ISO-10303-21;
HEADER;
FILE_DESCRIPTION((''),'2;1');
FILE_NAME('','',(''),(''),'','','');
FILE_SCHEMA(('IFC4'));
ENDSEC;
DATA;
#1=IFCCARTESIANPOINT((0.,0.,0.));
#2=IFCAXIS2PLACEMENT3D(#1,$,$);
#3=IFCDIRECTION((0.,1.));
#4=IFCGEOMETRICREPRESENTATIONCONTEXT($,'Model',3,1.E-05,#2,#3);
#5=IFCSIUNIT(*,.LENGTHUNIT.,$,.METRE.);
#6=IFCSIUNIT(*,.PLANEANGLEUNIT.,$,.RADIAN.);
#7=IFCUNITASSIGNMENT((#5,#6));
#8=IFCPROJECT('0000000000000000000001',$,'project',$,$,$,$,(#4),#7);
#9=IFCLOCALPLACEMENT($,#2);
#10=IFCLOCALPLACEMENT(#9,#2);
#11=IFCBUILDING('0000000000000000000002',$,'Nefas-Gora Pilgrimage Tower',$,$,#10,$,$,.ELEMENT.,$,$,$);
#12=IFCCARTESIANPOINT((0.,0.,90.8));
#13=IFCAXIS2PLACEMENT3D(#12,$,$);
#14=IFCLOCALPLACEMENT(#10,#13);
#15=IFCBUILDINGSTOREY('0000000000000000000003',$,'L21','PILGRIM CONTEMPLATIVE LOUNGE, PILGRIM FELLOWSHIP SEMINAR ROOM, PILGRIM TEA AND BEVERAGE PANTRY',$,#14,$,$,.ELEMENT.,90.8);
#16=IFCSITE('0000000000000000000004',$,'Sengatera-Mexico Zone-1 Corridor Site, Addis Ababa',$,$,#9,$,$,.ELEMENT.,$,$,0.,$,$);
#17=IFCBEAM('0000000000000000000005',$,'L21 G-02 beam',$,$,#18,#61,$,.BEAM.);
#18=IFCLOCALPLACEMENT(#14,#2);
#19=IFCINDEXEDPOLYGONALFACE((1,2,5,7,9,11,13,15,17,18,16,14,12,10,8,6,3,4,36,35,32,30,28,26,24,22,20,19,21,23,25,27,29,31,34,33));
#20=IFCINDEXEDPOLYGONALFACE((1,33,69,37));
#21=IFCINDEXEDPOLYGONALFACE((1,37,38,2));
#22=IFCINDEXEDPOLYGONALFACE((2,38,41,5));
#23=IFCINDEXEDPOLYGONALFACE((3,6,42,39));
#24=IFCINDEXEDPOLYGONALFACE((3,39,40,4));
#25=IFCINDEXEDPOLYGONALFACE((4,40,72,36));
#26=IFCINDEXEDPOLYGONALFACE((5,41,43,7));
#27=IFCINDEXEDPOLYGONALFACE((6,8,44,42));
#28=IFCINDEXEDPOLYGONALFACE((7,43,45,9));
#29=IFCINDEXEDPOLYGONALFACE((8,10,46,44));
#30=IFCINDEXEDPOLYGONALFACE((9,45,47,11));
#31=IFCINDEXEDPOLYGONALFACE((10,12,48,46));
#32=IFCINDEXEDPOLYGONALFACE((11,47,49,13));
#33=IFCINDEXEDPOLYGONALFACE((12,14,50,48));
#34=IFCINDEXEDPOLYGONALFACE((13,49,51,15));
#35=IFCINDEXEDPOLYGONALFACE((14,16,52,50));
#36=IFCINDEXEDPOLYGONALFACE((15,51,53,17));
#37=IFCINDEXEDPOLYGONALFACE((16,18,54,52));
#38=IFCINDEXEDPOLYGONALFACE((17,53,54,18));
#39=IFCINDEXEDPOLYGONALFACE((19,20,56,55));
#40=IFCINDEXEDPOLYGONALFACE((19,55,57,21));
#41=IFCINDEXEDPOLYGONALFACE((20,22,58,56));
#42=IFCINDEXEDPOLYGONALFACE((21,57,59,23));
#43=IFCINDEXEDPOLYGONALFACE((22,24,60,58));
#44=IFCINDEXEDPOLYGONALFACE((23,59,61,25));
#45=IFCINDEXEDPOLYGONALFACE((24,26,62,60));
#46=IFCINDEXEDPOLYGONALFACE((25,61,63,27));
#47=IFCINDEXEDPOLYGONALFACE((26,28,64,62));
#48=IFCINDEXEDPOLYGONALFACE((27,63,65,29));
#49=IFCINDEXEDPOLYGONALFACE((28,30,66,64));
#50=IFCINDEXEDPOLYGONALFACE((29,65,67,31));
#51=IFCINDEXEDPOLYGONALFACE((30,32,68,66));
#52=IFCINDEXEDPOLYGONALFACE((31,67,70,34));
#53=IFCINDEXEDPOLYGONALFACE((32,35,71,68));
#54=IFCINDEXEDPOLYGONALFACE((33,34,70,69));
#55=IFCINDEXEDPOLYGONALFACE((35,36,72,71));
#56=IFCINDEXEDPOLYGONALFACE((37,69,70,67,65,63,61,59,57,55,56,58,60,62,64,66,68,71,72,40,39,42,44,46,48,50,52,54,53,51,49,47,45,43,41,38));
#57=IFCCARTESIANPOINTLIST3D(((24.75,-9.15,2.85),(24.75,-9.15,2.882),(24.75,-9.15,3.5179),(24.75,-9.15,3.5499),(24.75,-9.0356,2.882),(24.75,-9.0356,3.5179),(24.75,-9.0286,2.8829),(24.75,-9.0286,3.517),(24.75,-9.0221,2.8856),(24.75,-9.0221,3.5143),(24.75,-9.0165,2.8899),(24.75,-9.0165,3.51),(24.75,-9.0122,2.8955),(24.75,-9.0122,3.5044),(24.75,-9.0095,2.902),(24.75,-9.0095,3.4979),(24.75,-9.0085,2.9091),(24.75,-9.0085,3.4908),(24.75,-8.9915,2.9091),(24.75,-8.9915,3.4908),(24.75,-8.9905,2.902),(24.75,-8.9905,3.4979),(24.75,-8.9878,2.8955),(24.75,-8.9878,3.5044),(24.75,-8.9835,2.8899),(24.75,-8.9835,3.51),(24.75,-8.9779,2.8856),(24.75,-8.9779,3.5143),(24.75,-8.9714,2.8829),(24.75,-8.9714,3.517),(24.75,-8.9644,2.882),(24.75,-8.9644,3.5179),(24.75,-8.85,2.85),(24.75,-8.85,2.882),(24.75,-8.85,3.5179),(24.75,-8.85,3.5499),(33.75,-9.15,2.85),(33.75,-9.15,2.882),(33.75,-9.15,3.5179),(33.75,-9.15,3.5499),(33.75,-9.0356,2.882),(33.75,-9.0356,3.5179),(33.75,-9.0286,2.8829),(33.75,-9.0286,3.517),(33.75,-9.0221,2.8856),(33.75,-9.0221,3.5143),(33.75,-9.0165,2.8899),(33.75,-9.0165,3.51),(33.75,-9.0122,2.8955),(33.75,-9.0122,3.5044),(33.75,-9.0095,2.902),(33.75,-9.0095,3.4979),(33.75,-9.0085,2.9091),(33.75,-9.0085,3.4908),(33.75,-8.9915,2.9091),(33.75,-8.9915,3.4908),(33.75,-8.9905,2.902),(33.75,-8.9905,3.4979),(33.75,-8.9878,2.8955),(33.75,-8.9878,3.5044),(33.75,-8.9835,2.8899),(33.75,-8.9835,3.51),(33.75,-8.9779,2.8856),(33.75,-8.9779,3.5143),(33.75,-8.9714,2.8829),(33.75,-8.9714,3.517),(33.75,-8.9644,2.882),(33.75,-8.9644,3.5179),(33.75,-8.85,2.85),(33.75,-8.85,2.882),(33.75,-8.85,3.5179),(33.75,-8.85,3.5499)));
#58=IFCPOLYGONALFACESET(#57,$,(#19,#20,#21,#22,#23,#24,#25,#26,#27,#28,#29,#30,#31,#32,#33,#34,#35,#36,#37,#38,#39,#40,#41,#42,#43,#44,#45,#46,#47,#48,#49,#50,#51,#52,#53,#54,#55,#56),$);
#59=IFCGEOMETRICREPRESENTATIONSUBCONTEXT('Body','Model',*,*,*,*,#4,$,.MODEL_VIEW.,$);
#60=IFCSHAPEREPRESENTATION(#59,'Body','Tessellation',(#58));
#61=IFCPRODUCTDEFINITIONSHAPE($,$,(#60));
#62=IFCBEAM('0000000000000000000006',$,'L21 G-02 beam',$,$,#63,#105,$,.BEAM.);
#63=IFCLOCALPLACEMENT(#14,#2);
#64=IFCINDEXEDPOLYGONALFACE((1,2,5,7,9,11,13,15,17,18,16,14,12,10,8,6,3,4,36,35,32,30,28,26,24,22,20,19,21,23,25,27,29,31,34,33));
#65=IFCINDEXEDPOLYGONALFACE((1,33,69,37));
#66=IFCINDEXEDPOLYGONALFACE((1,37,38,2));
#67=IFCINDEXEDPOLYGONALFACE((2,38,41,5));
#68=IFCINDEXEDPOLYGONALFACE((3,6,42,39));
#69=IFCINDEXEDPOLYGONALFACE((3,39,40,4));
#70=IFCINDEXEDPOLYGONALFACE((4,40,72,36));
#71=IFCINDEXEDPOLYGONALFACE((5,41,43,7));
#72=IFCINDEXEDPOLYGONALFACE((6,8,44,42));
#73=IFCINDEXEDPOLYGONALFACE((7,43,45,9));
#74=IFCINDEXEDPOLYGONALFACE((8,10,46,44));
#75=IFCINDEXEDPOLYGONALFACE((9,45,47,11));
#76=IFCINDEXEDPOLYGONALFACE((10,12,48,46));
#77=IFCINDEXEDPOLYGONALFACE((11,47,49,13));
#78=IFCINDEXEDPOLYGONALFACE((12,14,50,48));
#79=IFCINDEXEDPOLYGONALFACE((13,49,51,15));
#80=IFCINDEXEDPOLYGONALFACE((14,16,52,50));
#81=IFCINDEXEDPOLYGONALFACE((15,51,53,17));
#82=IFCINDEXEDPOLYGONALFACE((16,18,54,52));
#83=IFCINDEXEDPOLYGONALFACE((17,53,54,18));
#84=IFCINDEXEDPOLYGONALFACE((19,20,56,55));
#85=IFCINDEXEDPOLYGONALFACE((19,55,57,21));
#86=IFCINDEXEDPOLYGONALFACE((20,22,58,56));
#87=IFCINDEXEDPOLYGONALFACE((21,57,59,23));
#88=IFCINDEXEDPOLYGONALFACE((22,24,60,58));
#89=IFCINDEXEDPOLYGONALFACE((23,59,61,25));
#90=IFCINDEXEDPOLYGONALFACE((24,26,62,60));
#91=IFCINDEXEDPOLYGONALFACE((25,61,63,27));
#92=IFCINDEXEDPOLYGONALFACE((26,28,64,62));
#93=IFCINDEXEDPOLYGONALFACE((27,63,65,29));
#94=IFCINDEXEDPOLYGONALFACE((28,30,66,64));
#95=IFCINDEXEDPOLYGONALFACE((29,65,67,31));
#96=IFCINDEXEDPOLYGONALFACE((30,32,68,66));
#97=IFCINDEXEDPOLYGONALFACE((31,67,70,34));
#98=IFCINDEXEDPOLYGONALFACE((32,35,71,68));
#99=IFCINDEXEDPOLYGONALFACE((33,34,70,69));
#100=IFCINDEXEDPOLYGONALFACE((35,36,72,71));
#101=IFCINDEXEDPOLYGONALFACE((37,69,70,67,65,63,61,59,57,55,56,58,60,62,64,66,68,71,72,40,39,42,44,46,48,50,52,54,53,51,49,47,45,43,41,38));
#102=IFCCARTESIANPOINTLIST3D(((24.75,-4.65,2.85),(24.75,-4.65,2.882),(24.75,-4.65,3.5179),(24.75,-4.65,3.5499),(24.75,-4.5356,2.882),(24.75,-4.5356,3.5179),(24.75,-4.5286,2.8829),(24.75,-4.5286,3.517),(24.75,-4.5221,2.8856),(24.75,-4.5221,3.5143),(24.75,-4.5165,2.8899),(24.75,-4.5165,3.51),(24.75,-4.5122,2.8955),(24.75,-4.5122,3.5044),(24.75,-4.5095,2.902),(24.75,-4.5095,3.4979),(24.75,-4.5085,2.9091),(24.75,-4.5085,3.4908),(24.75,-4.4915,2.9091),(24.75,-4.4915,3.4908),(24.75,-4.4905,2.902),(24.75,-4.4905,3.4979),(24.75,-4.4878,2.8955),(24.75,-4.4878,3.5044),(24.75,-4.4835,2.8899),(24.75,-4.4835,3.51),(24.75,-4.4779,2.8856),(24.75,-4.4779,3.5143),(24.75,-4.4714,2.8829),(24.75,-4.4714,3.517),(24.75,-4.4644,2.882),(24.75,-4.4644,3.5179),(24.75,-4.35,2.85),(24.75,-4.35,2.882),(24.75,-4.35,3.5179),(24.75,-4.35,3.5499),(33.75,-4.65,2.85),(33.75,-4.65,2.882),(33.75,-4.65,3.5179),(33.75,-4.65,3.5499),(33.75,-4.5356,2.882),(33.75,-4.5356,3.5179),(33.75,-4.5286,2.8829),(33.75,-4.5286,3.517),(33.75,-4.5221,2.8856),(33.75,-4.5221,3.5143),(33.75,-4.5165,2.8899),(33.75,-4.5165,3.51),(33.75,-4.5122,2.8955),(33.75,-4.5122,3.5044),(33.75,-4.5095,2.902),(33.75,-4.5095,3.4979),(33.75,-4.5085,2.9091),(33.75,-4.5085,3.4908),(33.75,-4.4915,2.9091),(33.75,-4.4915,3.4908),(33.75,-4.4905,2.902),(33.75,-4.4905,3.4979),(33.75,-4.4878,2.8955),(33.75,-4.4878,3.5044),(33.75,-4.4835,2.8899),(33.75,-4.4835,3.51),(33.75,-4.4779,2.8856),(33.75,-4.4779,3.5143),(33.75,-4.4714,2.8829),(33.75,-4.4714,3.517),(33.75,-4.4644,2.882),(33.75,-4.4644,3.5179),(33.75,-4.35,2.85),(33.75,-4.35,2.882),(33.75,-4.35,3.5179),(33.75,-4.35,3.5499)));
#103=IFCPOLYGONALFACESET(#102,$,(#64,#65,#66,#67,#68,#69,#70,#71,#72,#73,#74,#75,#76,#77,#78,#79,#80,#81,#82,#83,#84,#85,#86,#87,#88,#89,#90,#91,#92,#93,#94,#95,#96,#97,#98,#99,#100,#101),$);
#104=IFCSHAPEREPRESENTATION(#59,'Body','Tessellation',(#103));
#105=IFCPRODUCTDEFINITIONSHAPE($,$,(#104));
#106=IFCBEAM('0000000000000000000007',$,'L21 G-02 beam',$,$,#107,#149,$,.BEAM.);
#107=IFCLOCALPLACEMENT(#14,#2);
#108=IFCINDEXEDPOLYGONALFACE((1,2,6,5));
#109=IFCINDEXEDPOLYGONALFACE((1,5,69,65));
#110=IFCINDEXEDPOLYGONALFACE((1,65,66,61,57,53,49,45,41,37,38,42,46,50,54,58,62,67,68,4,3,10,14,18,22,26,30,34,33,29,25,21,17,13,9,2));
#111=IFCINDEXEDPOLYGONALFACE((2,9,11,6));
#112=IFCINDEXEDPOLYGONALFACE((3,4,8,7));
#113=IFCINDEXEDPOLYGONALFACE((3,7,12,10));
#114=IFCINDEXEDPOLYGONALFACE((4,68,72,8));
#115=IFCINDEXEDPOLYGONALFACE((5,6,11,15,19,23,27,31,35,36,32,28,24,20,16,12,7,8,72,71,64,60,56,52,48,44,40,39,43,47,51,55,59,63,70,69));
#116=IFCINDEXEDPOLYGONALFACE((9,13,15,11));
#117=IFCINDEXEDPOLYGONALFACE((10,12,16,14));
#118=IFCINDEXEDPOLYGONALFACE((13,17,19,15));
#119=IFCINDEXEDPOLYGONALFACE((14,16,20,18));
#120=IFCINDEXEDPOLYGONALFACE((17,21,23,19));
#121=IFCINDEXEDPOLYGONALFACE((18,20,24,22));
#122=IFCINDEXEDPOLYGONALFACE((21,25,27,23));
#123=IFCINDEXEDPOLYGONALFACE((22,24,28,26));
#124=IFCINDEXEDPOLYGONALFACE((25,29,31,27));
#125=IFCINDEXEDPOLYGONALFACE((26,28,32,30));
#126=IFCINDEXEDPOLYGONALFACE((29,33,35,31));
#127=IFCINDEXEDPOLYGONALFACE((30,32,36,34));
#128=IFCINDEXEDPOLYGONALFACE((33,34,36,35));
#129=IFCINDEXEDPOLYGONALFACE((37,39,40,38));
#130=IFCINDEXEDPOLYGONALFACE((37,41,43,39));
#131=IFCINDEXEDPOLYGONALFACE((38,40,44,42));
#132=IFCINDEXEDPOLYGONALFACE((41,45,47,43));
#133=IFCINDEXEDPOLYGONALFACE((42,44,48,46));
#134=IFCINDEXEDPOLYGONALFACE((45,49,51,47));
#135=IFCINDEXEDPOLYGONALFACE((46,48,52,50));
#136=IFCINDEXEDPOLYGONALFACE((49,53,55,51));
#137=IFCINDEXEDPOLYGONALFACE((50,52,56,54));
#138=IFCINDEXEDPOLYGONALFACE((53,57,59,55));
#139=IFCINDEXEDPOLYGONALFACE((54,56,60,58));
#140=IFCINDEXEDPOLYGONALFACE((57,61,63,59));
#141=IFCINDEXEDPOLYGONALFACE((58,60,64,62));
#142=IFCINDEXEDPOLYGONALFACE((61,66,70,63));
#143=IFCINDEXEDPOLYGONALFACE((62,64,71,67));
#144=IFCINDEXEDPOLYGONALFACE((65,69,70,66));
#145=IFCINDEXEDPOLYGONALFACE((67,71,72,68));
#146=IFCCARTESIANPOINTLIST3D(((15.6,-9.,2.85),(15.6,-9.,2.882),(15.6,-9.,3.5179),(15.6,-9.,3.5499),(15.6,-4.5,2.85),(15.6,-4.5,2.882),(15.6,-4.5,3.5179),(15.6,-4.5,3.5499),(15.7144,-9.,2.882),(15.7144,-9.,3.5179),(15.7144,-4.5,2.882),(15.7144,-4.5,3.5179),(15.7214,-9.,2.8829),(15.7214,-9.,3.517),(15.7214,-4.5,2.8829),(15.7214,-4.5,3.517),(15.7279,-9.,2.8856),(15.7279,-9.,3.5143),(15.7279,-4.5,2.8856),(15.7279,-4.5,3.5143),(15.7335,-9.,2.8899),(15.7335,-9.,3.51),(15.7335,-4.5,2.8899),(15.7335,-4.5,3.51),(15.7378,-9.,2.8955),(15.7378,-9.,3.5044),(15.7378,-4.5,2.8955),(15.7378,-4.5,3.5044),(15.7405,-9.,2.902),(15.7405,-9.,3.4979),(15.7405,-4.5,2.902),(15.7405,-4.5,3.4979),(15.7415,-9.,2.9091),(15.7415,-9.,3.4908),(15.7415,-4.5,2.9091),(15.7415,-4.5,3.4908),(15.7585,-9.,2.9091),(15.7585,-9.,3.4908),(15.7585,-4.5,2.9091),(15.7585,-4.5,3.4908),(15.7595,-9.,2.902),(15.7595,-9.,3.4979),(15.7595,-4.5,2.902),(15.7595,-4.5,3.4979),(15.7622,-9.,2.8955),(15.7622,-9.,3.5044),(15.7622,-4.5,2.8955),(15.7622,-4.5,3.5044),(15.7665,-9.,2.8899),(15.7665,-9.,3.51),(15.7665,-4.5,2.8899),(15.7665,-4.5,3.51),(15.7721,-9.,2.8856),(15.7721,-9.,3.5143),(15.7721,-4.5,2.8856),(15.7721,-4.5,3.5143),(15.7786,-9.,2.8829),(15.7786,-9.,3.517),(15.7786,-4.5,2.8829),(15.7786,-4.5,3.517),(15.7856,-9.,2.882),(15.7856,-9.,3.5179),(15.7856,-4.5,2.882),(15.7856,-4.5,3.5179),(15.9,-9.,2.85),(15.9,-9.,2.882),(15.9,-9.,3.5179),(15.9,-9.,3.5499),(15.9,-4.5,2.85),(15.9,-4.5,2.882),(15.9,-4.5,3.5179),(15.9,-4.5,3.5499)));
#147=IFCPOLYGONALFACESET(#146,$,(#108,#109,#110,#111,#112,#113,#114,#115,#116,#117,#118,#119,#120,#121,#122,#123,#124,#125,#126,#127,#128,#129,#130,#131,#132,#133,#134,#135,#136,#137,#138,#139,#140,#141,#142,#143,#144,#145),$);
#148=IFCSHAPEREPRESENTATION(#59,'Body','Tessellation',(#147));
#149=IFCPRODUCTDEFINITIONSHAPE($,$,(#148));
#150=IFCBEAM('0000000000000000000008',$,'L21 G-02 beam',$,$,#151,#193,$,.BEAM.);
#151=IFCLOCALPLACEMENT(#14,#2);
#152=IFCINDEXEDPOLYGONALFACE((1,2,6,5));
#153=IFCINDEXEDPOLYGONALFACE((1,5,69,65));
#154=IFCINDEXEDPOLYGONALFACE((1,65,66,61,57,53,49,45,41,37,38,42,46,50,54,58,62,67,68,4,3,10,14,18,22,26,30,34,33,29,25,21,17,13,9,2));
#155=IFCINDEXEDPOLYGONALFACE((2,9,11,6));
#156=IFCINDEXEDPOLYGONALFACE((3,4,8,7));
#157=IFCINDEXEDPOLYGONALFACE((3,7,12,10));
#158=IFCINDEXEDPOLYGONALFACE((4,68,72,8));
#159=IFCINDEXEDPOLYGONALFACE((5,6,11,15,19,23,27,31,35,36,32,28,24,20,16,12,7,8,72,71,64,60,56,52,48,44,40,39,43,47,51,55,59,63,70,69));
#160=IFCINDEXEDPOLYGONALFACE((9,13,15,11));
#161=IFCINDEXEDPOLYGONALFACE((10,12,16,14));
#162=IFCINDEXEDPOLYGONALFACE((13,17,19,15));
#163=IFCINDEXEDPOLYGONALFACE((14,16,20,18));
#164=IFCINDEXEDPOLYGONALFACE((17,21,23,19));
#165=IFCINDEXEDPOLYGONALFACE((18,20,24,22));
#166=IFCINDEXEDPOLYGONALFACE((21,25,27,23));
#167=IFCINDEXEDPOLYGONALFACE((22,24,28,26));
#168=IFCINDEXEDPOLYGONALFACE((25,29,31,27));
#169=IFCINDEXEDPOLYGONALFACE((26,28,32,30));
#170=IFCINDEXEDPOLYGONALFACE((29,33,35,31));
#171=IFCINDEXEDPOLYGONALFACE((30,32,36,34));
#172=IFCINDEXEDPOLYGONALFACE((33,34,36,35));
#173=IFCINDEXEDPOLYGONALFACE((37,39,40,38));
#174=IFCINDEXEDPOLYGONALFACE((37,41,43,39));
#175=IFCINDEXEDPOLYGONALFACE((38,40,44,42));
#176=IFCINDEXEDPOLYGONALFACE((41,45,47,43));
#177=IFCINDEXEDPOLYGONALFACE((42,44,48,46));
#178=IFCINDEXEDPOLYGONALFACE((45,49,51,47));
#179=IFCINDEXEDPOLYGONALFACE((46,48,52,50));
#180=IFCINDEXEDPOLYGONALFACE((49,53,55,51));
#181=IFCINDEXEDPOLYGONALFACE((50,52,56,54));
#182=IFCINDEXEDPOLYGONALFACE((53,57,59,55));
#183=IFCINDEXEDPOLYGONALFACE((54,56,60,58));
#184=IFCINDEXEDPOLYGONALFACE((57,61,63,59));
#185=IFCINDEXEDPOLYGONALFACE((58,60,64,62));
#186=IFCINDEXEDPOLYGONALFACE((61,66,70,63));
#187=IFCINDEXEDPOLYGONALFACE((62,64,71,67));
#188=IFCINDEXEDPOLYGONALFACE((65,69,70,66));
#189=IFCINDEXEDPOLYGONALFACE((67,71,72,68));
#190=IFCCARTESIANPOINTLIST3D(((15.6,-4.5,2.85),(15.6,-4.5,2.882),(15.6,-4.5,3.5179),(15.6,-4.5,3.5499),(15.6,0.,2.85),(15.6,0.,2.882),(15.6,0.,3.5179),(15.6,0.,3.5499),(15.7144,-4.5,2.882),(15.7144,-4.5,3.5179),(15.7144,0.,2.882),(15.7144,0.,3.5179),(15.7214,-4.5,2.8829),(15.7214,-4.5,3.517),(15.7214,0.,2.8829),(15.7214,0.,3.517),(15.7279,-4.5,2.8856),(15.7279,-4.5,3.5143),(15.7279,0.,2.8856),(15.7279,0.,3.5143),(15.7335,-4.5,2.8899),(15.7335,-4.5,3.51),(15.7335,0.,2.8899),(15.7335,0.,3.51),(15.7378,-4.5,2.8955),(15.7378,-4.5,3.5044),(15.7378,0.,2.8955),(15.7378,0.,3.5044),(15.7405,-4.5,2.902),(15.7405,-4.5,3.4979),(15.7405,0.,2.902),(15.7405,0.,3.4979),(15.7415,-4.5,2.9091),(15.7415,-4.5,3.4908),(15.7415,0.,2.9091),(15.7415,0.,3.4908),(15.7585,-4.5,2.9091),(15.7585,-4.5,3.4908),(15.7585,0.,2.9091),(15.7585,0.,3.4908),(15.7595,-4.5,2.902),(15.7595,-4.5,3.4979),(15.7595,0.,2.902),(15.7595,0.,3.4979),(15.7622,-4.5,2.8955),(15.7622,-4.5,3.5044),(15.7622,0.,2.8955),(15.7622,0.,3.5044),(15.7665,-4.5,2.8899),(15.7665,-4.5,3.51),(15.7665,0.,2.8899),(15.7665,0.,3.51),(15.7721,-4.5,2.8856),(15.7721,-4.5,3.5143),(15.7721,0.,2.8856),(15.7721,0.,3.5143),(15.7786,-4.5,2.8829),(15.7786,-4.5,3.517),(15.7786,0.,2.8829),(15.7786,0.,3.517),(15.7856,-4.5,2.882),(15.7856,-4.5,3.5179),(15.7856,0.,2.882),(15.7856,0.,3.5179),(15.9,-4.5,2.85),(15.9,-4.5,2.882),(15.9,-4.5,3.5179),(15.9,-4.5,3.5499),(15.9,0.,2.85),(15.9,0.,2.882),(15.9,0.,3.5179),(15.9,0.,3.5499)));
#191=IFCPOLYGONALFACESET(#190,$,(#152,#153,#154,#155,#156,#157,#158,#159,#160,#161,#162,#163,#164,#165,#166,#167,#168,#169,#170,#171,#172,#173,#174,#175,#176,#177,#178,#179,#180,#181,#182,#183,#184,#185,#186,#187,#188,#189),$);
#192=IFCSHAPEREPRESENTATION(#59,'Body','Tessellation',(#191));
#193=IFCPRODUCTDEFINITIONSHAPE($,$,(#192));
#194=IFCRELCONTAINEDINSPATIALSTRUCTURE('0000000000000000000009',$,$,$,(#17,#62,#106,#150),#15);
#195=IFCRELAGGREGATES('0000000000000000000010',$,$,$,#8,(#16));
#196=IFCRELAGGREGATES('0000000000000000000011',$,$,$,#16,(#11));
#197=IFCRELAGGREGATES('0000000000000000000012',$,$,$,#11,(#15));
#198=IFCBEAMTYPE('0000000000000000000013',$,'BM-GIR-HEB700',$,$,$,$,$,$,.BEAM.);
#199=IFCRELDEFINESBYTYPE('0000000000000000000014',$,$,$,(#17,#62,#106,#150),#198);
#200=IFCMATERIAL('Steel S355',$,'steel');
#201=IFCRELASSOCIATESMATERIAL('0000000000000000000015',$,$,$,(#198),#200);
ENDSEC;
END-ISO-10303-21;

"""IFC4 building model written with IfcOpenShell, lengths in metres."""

from ifc_helpers import new_model, si_unit, direction, frame, origin, origin_2d, place, context, subcontext, project, spatial, i_section, extrude, source, transform, mapped, material, material_profile, profile_set, type_object, element, save


model = new_model("IFC4")

# Units and contexts
model_context = context("Model", 3, precision=1e-05, world=origin(), true_north=direction((0.0, 1.0)))
body_context = subcontext(model_context, "Body", "Model", "MODEL_VIEW")
ifc_project = project(units=[si_unit("LENGTHUNIT", "METRE"), si_unit("PLANEANGLEUNIT", "RADIAN")], contexts=[model_context])

# Site, building, storey
site_placement = place(None, origin())
site = spatial("IfcSite", under=ifc_project, at=site_placement, Name="Sengatera-Mexico Zone-1 Corridor Site, Addis Ababa", CompositionType="ELEMENT", RefElevation=0.0)
building_placement = place(site_placement, origin())
building = spatial("IfcBuilding", under=site, at=building_placement, Name="Nefas-Gora Pilgrimage Tower", CompositionType="ELEMENT")
storey_placement = place(building_placement, frame((0.0, 0.0, 90.8)))
storey = spatial("IfcBuildingStorey", under=building, at=storey_placement, Name="L21", Description="PILGRIM CONTEMPLATIVE LOUNGE, PILGRIM FELLOWSHIP SEMINAR ROOM, PILGRIM TEA AND BEVERAGE PANTRY", CompositionType="ELEMENT", Elevation=90.8)

# Beams
ifc_material_1 = material(Name="Steel S355", Category="steel")
ifc_material_profile_1 = material_profile(ifc_material_1, i_section(OverallWidth=0.3, OverallDepth=0.7, WebThickness=0.0171, FlangeThickness=0.032, FilletRadius=0.0271, at=origin_2d()), Name="HEB 700")
ifc_profile_set_1 = profile_set([ifc_material_profile_1], Name="Steel S355")
beam_type_1 = type_object("IfcBeamType", Name="BM-GIR-HEB700", PredefinedType="BEAM", material=ifc_profile_set_1)
shared_shape_1 = source(origin(), body_context, "Body", "SweptSolid", [
    extrude(i_section(OverallWidth=0.3, OverallDepth=0.7, WebThickness=0.0171, FlangeThickness=0.032, FilletRadius=0.0271, at=origin_2d()), origin(), (0.0, 0.0, 1.0), 9.0),
])
for number, where, z_axis, x_axis, name in (
    (1, (24.75, -9.0, 3.2), (1.0, 0.0, 0.0), (0.0, 1.0, 0.0), "L21 G-02 beam"),
    (2, (24.75, -4.5, 3.2), (1.0, 0.0, 0.0), (0.0, 1.0, 0.0), "L21 G-02 beam"),
):
    element("IfcBeam", number, at=place(storey_placement, frame(where, z_axis=z_axis, x_axis=x_axis)), inside=storey, type_object=beam_type_1, Name=name, PredefinedType="BEAM", context=body_context, shape_type="MappedRepresentation", body=[
        mapped(shared_shape_1, transform((0.0, 0.0, 0.0), x_axis=(1.0, 0.0, 0.0), y_axis=(0.0, 1.0, 0.0), z_axis=(0.0, 0.0, 1.0), scale=1.0)),
    ])
shared_shape_2 = source(origin(), body_context, "Body", "SweptSolid", [
    extrude(i_section(OverallWidth=0.3, OverallDepth=0.7, WebThickness=0.0171, FlangeThickness=0.032, FilletRadius=0.0271, at=origin_2d()), origin(), (0.0, 0.0, 1.0), 4.5),
])
for number, where, z_axis, x_axis, name in (
    (3, (15.75, -9.0, 3.2), (0.0, 1.0, 0.0), (-1.0, 0.0, 0.0), "L21 G-02 beam"),
    (4, (15.75, -4.5, 3.2), (0.0, 1.0, 0.0), (-1.0, 0.0, 0.0), "L21 G-02 beam"),
):
    element("IfcBeam", number, at=place(storey_placement, frame(where, z_axis=z_axis, x_axis=x_axis)), inside=storey, type_object=beam_type_1, Name=name, PredefinedType="BEAM", context=body_context, shape_type="MappedRepresentation", body=[
        mapped(shared_shape_2, transform((0.0, 0.0, 0.0), x_axis=(1.0, 0.0, 0.0), y_axis=(0.0, 1.0, 0.0), z_axis=(0.0, 0.0, 1.0), scale=1.0)),
    ])

save(model, "model.ifc")
